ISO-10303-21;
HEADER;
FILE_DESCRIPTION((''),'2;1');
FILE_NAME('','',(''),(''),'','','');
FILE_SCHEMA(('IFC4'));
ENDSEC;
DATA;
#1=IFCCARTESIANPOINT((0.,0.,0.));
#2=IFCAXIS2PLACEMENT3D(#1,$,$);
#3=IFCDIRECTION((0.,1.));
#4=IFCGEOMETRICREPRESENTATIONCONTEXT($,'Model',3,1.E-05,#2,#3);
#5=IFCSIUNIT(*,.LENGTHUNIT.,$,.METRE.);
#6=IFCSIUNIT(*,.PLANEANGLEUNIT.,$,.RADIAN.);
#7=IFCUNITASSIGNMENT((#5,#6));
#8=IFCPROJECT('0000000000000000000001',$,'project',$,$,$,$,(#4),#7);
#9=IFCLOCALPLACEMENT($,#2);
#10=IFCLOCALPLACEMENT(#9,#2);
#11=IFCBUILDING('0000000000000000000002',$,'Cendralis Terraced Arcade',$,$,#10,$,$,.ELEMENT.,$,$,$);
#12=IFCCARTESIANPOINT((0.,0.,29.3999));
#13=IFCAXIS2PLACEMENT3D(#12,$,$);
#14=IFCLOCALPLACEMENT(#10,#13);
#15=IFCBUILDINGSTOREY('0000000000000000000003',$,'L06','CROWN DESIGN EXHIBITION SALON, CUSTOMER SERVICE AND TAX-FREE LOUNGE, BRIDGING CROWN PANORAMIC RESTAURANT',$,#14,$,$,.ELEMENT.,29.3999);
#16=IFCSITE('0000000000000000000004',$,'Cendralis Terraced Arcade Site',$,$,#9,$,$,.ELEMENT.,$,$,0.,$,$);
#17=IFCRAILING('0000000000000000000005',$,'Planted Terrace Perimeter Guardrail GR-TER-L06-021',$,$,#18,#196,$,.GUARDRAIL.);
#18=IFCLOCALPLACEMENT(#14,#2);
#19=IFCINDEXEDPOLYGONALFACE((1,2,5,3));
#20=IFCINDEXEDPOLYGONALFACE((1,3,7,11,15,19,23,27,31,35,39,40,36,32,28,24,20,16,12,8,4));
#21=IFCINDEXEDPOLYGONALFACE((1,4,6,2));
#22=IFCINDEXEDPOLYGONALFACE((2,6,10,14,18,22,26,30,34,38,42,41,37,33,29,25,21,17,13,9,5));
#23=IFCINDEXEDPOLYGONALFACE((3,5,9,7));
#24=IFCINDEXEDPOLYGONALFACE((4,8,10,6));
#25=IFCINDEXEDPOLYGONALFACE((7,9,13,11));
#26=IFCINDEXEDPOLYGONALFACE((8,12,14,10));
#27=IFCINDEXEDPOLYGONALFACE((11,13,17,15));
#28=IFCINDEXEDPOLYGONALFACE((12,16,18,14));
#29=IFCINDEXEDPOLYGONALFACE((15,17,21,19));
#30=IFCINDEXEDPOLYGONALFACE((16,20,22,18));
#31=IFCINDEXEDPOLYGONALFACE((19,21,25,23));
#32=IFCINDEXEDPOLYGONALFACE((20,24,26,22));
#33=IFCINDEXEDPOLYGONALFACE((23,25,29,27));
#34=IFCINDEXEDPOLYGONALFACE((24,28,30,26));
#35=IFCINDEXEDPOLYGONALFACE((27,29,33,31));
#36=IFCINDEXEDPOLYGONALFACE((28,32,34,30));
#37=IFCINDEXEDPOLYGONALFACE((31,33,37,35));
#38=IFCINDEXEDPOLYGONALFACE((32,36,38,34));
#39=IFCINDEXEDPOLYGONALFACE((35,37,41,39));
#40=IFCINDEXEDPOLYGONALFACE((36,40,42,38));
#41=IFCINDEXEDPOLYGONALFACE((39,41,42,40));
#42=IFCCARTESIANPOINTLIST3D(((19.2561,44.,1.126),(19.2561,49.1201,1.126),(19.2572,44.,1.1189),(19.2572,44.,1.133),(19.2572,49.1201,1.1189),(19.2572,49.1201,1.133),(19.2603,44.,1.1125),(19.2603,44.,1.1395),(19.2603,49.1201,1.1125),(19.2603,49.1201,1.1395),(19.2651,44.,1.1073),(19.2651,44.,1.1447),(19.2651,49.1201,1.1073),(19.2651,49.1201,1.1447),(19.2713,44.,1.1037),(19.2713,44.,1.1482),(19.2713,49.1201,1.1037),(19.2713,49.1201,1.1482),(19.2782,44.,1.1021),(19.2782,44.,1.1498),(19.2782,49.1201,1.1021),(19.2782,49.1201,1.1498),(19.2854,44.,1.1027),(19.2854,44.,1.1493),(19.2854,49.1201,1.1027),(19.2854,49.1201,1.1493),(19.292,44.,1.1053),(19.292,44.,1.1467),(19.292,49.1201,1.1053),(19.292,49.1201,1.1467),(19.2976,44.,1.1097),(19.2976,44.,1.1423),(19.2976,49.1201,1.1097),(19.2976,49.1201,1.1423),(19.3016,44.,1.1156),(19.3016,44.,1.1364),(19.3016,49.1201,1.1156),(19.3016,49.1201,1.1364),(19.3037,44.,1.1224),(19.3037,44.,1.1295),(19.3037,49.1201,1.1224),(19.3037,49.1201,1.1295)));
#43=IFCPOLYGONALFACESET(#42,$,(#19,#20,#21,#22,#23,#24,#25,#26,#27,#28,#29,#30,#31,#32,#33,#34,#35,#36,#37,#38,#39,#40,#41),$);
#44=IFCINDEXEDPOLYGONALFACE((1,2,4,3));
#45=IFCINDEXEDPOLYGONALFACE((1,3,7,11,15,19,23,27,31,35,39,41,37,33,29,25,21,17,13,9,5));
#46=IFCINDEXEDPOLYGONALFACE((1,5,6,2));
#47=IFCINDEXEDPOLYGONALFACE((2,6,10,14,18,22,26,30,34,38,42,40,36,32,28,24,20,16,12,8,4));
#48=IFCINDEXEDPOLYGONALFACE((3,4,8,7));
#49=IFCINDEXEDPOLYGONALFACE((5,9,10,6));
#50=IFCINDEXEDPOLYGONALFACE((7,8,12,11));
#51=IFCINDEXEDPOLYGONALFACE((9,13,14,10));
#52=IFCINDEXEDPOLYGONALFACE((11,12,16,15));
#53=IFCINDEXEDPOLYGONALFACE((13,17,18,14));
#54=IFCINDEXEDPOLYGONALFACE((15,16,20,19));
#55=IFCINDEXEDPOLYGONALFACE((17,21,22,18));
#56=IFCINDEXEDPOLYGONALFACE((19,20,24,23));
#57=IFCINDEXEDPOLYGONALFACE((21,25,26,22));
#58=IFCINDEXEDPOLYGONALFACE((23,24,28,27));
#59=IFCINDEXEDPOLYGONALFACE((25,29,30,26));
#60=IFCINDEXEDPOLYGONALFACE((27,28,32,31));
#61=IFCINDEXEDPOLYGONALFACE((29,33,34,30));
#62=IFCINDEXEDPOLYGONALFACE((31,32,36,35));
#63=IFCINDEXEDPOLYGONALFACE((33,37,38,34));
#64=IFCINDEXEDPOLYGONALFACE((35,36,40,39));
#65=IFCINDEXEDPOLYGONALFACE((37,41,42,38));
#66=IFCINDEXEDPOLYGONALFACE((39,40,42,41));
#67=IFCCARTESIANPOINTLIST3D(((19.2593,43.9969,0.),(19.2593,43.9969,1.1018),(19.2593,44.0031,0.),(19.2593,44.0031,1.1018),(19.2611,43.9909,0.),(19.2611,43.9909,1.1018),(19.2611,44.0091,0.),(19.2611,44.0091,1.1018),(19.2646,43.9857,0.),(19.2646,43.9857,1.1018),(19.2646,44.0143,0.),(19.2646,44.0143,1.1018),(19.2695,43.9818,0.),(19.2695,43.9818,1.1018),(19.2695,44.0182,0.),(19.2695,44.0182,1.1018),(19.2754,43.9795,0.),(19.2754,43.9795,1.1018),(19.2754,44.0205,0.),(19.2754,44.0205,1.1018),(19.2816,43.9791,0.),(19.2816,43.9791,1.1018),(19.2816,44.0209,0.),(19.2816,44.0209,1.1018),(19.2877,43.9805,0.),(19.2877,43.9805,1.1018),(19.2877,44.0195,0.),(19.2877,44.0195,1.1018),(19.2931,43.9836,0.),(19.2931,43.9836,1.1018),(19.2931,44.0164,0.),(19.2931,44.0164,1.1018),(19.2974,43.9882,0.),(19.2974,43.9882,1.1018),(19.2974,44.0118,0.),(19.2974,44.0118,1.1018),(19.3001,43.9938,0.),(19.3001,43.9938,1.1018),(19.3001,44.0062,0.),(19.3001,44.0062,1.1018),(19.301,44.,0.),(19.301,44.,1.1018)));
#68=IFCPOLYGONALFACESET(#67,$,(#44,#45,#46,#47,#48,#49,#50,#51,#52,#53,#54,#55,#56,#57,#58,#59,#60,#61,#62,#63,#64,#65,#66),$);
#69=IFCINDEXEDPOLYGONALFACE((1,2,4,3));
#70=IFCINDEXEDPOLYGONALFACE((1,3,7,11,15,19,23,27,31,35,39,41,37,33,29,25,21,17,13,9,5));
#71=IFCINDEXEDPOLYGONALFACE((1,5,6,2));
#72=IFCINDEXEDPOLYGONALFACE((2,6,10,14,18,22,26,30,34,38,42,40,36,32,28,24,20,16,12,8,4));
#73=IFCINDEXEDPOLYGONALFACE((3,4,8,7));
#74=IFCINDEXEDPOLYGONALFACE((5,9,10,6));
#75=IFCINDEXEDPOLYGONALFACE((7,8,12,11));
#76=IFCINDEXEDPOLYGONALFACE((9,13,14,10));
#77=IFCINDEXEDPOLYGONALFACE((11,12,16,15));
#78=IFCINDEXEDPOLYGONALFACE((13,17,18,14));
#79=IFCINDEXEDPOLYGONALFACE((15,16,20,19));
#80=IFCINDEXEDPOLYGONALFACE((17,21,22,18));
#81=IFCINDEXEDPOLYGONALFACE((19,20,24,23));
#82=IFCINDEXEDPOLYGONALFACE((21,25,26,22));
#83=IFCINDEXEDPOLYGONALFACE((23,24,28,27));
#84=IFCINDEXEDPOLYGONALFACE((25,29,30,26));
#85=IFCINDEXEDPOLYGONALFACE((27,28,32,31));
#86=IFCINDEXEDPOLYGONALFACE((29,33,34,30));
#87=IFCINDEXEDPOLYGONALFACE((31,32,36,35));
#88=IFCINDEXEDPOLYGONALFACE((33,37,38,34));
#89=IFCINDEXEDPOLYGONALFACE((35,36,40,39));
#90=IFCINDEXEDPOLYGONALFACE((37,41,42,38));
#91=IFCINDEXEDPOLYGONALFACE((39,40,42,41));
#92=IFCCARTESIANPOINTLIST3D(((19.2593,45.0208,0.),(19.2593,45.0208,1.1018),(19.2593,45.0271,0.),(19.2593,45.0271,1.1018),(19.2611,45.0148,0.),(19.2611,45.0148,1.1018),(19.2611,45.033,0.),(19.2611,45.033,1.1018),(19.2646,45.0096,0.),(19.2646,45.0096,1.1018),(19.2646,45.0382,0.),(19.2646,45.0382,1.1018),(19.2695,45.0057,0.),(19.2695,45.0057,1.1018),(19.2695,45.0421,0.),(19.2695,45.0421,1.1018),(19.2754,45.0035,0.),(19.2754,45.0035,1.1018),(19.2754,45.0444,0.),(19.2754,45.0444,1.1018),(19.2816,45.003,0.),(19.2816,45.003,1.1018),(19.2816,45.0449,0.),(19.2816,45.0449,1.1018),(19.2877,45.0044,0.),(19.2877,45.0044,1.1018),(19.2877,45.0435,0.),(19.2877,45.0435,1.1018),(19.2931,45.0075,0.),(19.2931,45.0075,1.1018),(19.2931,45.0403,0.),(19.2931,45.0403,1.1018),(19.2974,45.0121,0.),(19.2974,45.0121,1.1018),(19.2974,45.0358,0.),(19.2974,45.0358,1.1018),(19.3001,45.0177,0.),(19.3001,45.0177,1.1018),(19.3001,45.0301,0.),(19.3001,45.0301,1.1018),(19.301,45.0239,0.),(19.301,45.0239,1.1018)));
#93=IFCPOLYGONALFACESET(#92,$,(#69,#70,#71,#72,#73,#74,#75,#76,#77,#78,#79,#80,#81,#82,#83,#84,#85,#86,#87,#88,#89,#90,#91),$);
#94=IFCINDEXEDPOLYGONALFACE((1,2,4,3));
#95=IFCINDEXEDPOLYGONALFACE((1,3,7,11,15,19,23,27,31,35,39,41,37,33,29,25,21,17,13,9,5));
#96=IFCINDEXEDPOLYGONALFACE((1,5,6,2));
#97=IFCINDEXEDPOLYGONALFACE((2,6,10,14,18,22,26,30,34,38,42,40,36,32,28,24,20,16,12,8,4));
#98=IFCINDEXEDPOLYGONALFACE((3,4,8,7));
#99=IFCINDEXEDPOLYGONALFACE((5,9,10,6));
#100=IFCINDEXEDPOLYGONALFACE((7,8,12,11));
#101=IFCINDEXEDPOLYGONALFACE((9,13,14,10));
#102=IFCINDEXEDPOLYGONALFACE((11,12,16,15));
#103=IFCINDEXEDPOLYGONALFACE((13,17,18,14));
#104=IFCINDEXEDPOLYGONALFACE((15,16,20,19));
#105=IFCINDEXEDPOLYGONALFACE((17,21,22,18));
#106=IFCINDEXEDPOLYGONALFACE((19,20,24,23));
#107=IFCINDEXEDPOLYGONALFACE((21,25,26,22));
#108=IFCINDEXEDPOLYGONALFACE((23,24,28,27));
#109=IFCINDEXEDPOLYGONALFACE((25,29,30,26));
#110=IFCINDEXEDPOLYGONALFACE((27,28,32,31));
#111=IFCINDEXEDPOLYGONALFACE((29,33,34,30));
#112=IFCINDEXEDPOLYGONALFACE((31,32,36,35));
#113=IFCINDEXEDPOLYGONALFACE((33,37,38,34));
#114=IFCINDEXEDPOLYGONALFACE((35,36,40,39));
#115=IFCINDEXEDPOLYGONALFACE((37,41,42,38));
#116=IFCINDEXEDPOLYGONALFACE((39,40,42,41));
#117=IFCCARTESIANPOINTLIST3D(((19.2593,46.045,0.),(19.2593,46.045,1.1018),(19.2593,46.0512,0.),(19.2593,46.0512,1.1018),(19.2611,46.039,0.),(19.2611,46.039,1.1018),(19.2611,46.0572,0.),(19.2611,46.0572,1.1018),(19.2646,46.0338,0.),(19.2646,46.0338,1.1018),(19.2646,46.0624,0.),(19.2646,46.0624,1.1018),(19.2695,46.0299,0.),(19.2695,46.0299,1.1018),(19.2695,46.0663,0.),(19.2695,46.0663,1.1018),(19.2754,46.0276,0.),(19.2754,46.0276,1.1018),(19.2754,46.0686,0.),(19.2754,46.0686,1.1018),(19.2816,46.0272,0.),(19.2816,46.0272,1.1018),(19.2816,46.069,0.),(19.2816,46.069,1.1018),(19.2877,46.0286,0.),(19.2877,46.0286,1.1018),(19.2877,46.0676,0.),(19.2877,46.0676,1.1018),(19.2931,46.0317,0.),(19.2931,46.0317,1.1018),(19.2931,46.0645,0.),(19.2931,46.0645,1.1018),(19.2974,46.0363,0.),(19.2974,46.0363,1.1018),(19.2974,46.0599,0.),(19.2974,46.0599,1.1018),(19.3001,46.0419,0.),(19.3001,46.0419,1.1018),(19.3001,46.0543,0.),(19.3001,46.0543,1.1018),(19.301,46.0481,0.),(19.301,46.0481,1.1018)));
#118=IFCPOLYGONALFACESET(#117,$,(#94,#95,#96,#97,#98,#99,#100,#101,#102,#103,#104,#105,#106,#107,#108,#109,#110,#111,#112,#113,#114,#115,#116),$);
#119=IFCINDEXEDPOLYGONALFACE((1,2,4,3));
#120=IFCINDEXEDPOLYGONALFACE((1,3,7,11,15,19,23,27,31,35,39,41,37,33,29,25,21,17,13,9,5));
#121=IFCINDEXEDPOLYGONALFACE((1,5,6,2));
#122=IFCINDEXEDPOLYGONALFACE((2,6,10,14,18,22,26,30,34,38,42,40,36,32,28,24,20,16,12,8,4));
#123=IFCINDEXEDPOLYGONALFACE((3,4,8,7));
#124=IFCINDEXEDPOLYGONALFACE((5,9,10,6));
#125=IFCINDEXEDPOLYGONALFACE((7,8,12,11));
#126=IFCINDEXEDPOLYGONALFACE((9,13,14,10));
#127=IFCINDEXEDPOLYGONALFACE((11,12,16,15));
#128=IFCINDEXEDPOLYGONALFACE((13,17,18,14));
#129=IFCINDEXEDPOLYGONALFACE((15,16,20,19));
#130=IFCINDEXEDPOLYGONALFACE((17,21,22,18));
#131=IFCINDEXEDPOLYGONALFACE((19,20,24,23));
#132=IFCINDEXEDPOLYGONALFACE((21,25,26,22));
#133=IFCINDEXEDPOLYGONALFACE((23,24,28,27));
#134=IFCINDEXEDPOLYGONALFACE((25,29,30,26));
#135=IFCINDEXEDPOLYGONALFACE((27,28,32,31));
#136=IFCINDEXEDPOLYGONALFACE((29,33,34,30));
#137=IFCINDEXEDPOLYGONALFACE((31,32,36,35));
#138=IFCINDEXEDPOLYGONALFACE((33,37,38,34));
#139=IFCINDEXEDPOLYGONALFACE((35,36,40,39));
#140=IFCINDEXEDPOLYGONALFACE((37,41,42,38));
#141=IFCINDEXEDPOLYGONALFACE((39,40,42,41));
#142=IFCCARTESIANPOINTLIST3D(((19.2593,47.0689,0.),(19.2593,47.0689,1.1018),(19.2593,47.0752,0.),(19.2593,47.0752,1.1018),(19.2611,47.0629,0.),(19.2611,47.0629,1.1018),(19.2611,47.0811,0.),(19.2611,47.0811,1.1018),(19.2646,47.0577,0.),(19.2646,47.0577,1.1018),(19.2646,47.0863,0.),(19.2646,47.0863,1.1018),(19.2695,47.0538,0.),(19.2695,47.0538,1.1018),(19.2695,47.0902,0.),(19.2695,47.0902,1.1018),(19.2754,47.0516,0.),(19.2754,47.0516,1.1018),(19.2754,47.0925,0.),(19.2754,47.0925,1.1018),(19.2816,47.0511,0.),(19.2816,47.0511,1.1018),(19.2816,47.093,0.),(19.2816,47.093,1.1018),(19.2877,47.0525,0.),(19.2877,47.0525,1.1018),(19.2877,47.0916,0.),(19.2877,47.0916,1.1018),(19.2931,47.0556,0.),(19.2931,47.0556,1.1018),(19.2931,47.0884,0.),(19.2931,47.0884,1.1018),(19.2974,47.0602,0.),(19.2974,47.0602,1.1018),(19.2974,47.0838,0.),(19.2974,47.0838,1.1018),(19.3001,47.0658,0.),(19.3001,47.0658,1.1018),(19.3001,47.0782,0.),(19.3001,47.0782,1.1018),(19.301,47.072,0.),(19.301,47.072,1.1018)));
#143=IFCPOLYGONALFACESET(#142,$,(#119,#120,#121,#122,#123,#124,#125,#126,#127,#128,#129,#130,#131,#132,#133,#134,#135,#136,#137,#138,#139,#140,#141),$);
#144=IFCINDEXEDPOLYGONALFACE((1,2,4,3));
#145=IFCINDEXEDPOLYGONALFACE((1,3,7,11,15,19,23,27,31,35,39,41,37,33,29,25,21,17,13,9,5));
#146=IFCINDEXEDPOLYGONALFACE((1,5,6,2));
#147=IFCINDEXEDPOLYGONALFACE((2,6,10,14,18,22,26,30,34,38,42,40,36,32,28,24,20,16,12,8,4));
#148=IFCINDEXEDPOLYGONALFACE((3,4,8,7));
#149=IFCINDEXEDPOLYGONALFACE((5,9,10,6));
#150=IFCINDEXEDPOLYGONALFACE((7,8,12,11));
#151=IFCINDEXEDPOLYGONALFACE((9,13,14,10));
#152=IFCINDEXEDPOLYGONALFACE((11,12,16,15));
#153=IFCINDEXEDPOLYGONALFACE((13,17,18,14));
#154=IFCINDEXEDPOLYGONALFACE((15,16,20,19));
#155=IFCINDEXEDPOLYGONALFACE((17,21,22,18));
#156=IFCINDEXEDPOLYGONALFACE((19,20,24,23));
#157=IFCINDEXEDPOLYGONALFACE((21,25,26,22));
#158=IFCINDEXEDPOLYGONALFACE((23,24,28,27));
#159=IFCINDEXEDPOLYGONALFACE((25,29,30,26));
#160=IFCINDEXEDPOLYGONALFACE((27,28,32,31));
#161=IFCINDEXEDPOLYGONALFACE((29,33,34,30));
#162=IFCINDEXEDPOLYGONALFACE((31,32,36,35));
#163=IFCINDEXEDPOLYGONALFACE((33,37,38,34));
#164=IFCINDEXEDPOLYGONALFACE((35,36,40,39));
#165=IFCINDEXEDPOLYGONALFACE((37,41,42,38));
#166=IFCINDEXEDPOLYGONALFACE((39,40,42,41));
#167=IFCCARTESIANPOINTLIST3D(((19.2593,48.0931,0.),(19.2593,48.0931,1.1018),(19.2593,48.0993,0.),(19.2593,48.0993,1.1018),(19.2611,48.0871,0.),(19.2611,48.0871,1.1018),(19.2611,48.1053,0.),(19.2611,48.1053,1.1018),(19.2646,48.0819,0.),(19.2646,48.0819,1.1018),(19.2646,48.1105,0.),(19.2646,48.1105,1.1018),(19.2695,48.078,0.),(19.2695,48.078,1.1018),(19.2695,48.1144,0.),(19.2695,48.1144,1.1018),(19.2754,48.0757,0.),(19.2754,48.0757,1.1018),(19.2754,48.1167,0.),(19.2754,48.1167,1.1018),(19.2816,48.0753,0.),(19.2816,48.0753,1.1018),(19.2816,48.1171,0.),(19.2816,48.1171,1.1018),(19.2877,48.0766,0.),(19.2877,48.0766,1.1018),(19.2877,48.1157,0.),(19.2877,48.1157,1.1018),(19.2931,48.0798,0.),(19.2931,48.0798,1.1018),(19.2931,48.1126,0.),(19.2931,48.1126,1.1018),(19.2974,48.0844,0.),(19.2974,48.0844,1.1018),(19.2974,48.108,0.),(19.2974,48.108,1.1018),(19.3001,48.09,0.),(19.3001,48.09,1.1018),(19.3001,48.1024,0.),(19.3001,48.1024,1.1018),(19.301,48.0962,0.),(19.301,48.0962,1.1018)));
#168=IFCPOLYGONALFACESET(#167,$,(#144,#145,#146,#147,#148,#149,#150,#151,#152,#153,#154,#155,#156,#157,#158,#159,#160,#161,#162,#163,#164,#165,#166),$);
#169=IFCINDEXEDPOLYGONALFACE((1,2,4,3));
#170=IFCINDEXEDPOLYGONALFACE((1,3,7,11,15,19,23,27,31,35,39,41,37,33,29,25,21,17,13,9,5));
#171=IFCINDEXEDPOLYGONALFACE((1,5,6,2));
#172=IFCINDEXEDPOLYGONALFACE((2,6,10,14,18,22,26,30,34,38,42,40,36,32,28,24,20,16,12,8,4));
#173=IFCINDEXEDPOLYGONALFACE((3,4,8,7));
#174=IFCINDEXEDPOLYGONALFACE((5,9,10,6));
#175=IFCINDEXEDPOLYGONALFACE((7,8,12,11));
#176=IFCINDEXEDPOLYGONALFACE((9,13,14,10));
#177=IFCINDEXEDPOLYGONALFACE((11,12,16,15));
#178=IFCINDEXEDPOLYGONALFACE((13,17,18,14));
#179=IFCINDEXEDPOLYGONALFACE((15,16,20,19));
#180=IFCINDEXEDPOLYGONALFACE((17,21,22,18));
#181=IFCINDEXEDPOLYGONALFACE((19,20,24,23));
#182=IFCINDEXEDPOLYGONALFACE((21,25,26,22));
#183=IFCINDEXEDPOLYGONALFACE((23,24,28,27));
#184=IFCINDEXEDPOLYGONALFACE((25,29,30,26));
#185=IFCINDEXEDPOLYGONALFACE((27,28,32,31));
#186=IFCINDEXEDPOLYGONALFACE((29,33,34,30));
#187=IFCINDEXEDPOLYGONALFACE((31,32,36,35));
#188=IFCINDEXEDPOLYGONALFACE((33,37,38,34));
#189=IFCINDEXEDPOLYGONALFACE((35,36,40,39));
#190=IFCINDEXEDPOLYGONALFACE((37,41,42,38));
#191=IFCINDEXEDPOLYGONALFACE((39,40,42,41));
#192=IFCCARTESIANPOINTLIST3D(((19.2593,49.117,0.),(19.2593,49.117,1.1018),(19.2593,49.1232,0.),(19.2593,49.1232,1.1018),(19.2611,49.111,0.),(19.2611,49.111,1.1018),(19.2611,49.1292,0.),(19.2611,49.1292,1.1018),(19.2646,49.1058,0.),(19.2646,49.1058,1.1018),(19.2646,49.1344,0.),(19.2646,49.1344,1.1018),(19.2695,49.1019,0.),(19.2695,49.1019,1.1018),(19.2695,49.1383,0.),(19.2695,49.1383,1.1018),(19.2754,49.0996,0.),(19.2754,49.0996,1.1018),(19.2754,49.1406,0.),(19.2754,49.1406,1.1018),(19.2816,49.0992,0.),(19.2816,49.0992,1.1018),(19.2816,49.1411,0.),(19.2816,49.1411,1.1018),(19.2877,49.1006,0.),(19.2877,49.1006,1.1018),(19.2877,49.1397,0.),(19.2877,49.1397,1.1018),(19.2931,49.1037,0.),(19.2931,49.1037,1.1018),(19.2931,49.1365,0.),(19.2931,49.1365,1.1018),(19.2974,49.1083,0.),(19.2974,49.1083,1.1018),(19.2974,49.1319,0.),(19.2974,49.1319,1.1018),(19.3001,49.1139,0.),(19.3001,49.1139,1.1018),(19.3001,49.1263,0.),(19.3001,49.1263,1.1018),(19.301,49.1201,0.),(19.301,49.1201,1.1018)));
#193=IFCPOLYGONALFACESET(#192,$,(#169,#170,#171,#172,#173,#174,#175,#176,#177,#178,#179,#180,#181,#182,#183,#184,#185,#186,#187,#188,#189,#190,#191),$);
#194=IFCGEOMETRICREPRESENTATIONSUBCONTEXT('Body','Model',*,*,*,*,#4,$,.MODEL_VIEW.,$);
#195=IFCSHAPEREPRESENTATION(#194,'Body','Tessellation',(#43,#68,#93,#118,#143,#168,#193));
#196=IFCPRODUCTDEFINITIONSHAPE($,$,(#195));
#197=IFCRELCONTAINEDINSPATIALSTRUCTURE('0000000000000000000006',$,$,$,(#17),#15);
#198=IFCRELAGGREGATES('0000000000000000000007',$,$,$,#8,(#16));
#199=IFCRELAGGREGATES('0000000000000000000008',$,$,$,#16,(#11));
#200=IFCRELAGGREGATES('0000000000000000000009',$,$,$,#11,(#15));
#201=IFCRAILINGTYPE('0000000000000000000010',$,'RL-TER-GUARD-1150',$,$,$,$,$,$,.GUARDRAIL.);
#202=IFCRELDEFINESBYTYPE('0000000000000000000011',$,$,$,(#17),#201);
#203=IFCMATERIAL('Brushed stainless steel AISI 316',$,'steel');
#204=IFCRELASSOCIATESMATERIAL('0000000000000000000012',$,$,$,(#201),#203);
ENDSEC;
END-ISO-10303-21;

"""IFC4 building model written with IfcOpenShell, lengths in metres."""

from ifc_helpers import new_model, si_unit, direction, frame, origin, origin_2d, place, context, subcontext, project, spatial, circle, extrude, material, type_object, element, save


model = new_model("IFC4")

# Units and contexts
model_context = context("Model", 3, precision=1e-05, world=origin(), true_north=direction((0.0, 1.0)))
body_context = subcontext(model_context, "Body", "Model", "MODEL_VIEW")
ifc_project = project(units=[si_unit("LENGTHUNIT", "METRE"), si_unit("PLANEANGLEUNIT", "RADIAN")], contexts=[model_context])

# Site, building, storey
site_placement = place(None, origin())
site = spatial("IfcSite", under=ifc_project, at=site_placement, Name="Cendralis Terraced Arcade Site", CompositionType="ELEMENT", RefElevation=0.0)
building_placement = place(site_placement, origin())
building = spatial("IfcBuilding", under=site, at=building_placement, Name="Cendralis Terraced Arcade", CompositionType="ELEMENT")
storey_placement = place(building_placement, frame((0.0, 0.0, 29.3999)))
storey = spatial("IfcBuildingStorey", under=building, at=storey_placement, Name="L06", Description="CROWN DESIGN EXHIBITION SALON, CUSTOMER SERVICE AND TAX-FREE LOUNGE, BRIDGING CROWN PANORAMIC RESTAURANT", CompositionType="ELEMENT", Elevation=29.3999)

# Railing
ifc_material_1 = material(Name="Brushed stainless steel AISI 316", Category="steel")
railing_type = type_object("IfcRailingType", Name="RL-TER-GUARD-1150", PredefinedType="GUARDRAIL", material=ifc_material_1)
railing_placement = place(storey_placement, frame((19.28, 44.0, 0.0)))
element("IfcRailing", 1, at=railing_placement, inside=storey, type_object=railing_type, Name="Planted Terrace Perimeter Guardrail GR-TER-L06-021", PredefinedType="GUARDRAIL", context=body_context, shape_type="SweptSolid", body=[
    extrude(circle(Radius=0.0239, at=origin_2d()), frame((0.0, 0.0, 1.126), z_axis=(0.0, 1.0, 0.0), x_axis=(-1.0, 0.0, 0.0)), (0.0, 0.0, 1.0), 5.1201),
    extrude(circle(Radius=0.021, at=origin_2d()), origin(), (0.0, 0.0, 1.0), 1.1018),
    extrude(circle(Radius=0.021, at=origin_2d()), frame((0.0, 1.0239, 0.0)), (0.0, 0.0, 1.0), 1.1018),
    extrude(circle(Radius=0.021, at=origin_2d()), frame((0.0, 2.0481, 0.0)), (0.0, 0.0, 1.0), 1.1018),
    extrude(circle(Radius=0.021, at=origin_2d()), frame((0.0, 3.072, 0.0)), (0.0, 0.0, 1.0), 1.1018),
    extrude(circle(Radius=0.021, at=origin_2d()), frame((0.0, 4.0962, 0.0)), (0.0, 0.0, 1.0), 1.1018),
    extrude(circle(Radius=0.021, at=origin_2d()), frame((0.0, 5.1201, 0.0)), (0.0, 0.0, 1.0), 1.1018),
])

save(model, "model.ifc")
